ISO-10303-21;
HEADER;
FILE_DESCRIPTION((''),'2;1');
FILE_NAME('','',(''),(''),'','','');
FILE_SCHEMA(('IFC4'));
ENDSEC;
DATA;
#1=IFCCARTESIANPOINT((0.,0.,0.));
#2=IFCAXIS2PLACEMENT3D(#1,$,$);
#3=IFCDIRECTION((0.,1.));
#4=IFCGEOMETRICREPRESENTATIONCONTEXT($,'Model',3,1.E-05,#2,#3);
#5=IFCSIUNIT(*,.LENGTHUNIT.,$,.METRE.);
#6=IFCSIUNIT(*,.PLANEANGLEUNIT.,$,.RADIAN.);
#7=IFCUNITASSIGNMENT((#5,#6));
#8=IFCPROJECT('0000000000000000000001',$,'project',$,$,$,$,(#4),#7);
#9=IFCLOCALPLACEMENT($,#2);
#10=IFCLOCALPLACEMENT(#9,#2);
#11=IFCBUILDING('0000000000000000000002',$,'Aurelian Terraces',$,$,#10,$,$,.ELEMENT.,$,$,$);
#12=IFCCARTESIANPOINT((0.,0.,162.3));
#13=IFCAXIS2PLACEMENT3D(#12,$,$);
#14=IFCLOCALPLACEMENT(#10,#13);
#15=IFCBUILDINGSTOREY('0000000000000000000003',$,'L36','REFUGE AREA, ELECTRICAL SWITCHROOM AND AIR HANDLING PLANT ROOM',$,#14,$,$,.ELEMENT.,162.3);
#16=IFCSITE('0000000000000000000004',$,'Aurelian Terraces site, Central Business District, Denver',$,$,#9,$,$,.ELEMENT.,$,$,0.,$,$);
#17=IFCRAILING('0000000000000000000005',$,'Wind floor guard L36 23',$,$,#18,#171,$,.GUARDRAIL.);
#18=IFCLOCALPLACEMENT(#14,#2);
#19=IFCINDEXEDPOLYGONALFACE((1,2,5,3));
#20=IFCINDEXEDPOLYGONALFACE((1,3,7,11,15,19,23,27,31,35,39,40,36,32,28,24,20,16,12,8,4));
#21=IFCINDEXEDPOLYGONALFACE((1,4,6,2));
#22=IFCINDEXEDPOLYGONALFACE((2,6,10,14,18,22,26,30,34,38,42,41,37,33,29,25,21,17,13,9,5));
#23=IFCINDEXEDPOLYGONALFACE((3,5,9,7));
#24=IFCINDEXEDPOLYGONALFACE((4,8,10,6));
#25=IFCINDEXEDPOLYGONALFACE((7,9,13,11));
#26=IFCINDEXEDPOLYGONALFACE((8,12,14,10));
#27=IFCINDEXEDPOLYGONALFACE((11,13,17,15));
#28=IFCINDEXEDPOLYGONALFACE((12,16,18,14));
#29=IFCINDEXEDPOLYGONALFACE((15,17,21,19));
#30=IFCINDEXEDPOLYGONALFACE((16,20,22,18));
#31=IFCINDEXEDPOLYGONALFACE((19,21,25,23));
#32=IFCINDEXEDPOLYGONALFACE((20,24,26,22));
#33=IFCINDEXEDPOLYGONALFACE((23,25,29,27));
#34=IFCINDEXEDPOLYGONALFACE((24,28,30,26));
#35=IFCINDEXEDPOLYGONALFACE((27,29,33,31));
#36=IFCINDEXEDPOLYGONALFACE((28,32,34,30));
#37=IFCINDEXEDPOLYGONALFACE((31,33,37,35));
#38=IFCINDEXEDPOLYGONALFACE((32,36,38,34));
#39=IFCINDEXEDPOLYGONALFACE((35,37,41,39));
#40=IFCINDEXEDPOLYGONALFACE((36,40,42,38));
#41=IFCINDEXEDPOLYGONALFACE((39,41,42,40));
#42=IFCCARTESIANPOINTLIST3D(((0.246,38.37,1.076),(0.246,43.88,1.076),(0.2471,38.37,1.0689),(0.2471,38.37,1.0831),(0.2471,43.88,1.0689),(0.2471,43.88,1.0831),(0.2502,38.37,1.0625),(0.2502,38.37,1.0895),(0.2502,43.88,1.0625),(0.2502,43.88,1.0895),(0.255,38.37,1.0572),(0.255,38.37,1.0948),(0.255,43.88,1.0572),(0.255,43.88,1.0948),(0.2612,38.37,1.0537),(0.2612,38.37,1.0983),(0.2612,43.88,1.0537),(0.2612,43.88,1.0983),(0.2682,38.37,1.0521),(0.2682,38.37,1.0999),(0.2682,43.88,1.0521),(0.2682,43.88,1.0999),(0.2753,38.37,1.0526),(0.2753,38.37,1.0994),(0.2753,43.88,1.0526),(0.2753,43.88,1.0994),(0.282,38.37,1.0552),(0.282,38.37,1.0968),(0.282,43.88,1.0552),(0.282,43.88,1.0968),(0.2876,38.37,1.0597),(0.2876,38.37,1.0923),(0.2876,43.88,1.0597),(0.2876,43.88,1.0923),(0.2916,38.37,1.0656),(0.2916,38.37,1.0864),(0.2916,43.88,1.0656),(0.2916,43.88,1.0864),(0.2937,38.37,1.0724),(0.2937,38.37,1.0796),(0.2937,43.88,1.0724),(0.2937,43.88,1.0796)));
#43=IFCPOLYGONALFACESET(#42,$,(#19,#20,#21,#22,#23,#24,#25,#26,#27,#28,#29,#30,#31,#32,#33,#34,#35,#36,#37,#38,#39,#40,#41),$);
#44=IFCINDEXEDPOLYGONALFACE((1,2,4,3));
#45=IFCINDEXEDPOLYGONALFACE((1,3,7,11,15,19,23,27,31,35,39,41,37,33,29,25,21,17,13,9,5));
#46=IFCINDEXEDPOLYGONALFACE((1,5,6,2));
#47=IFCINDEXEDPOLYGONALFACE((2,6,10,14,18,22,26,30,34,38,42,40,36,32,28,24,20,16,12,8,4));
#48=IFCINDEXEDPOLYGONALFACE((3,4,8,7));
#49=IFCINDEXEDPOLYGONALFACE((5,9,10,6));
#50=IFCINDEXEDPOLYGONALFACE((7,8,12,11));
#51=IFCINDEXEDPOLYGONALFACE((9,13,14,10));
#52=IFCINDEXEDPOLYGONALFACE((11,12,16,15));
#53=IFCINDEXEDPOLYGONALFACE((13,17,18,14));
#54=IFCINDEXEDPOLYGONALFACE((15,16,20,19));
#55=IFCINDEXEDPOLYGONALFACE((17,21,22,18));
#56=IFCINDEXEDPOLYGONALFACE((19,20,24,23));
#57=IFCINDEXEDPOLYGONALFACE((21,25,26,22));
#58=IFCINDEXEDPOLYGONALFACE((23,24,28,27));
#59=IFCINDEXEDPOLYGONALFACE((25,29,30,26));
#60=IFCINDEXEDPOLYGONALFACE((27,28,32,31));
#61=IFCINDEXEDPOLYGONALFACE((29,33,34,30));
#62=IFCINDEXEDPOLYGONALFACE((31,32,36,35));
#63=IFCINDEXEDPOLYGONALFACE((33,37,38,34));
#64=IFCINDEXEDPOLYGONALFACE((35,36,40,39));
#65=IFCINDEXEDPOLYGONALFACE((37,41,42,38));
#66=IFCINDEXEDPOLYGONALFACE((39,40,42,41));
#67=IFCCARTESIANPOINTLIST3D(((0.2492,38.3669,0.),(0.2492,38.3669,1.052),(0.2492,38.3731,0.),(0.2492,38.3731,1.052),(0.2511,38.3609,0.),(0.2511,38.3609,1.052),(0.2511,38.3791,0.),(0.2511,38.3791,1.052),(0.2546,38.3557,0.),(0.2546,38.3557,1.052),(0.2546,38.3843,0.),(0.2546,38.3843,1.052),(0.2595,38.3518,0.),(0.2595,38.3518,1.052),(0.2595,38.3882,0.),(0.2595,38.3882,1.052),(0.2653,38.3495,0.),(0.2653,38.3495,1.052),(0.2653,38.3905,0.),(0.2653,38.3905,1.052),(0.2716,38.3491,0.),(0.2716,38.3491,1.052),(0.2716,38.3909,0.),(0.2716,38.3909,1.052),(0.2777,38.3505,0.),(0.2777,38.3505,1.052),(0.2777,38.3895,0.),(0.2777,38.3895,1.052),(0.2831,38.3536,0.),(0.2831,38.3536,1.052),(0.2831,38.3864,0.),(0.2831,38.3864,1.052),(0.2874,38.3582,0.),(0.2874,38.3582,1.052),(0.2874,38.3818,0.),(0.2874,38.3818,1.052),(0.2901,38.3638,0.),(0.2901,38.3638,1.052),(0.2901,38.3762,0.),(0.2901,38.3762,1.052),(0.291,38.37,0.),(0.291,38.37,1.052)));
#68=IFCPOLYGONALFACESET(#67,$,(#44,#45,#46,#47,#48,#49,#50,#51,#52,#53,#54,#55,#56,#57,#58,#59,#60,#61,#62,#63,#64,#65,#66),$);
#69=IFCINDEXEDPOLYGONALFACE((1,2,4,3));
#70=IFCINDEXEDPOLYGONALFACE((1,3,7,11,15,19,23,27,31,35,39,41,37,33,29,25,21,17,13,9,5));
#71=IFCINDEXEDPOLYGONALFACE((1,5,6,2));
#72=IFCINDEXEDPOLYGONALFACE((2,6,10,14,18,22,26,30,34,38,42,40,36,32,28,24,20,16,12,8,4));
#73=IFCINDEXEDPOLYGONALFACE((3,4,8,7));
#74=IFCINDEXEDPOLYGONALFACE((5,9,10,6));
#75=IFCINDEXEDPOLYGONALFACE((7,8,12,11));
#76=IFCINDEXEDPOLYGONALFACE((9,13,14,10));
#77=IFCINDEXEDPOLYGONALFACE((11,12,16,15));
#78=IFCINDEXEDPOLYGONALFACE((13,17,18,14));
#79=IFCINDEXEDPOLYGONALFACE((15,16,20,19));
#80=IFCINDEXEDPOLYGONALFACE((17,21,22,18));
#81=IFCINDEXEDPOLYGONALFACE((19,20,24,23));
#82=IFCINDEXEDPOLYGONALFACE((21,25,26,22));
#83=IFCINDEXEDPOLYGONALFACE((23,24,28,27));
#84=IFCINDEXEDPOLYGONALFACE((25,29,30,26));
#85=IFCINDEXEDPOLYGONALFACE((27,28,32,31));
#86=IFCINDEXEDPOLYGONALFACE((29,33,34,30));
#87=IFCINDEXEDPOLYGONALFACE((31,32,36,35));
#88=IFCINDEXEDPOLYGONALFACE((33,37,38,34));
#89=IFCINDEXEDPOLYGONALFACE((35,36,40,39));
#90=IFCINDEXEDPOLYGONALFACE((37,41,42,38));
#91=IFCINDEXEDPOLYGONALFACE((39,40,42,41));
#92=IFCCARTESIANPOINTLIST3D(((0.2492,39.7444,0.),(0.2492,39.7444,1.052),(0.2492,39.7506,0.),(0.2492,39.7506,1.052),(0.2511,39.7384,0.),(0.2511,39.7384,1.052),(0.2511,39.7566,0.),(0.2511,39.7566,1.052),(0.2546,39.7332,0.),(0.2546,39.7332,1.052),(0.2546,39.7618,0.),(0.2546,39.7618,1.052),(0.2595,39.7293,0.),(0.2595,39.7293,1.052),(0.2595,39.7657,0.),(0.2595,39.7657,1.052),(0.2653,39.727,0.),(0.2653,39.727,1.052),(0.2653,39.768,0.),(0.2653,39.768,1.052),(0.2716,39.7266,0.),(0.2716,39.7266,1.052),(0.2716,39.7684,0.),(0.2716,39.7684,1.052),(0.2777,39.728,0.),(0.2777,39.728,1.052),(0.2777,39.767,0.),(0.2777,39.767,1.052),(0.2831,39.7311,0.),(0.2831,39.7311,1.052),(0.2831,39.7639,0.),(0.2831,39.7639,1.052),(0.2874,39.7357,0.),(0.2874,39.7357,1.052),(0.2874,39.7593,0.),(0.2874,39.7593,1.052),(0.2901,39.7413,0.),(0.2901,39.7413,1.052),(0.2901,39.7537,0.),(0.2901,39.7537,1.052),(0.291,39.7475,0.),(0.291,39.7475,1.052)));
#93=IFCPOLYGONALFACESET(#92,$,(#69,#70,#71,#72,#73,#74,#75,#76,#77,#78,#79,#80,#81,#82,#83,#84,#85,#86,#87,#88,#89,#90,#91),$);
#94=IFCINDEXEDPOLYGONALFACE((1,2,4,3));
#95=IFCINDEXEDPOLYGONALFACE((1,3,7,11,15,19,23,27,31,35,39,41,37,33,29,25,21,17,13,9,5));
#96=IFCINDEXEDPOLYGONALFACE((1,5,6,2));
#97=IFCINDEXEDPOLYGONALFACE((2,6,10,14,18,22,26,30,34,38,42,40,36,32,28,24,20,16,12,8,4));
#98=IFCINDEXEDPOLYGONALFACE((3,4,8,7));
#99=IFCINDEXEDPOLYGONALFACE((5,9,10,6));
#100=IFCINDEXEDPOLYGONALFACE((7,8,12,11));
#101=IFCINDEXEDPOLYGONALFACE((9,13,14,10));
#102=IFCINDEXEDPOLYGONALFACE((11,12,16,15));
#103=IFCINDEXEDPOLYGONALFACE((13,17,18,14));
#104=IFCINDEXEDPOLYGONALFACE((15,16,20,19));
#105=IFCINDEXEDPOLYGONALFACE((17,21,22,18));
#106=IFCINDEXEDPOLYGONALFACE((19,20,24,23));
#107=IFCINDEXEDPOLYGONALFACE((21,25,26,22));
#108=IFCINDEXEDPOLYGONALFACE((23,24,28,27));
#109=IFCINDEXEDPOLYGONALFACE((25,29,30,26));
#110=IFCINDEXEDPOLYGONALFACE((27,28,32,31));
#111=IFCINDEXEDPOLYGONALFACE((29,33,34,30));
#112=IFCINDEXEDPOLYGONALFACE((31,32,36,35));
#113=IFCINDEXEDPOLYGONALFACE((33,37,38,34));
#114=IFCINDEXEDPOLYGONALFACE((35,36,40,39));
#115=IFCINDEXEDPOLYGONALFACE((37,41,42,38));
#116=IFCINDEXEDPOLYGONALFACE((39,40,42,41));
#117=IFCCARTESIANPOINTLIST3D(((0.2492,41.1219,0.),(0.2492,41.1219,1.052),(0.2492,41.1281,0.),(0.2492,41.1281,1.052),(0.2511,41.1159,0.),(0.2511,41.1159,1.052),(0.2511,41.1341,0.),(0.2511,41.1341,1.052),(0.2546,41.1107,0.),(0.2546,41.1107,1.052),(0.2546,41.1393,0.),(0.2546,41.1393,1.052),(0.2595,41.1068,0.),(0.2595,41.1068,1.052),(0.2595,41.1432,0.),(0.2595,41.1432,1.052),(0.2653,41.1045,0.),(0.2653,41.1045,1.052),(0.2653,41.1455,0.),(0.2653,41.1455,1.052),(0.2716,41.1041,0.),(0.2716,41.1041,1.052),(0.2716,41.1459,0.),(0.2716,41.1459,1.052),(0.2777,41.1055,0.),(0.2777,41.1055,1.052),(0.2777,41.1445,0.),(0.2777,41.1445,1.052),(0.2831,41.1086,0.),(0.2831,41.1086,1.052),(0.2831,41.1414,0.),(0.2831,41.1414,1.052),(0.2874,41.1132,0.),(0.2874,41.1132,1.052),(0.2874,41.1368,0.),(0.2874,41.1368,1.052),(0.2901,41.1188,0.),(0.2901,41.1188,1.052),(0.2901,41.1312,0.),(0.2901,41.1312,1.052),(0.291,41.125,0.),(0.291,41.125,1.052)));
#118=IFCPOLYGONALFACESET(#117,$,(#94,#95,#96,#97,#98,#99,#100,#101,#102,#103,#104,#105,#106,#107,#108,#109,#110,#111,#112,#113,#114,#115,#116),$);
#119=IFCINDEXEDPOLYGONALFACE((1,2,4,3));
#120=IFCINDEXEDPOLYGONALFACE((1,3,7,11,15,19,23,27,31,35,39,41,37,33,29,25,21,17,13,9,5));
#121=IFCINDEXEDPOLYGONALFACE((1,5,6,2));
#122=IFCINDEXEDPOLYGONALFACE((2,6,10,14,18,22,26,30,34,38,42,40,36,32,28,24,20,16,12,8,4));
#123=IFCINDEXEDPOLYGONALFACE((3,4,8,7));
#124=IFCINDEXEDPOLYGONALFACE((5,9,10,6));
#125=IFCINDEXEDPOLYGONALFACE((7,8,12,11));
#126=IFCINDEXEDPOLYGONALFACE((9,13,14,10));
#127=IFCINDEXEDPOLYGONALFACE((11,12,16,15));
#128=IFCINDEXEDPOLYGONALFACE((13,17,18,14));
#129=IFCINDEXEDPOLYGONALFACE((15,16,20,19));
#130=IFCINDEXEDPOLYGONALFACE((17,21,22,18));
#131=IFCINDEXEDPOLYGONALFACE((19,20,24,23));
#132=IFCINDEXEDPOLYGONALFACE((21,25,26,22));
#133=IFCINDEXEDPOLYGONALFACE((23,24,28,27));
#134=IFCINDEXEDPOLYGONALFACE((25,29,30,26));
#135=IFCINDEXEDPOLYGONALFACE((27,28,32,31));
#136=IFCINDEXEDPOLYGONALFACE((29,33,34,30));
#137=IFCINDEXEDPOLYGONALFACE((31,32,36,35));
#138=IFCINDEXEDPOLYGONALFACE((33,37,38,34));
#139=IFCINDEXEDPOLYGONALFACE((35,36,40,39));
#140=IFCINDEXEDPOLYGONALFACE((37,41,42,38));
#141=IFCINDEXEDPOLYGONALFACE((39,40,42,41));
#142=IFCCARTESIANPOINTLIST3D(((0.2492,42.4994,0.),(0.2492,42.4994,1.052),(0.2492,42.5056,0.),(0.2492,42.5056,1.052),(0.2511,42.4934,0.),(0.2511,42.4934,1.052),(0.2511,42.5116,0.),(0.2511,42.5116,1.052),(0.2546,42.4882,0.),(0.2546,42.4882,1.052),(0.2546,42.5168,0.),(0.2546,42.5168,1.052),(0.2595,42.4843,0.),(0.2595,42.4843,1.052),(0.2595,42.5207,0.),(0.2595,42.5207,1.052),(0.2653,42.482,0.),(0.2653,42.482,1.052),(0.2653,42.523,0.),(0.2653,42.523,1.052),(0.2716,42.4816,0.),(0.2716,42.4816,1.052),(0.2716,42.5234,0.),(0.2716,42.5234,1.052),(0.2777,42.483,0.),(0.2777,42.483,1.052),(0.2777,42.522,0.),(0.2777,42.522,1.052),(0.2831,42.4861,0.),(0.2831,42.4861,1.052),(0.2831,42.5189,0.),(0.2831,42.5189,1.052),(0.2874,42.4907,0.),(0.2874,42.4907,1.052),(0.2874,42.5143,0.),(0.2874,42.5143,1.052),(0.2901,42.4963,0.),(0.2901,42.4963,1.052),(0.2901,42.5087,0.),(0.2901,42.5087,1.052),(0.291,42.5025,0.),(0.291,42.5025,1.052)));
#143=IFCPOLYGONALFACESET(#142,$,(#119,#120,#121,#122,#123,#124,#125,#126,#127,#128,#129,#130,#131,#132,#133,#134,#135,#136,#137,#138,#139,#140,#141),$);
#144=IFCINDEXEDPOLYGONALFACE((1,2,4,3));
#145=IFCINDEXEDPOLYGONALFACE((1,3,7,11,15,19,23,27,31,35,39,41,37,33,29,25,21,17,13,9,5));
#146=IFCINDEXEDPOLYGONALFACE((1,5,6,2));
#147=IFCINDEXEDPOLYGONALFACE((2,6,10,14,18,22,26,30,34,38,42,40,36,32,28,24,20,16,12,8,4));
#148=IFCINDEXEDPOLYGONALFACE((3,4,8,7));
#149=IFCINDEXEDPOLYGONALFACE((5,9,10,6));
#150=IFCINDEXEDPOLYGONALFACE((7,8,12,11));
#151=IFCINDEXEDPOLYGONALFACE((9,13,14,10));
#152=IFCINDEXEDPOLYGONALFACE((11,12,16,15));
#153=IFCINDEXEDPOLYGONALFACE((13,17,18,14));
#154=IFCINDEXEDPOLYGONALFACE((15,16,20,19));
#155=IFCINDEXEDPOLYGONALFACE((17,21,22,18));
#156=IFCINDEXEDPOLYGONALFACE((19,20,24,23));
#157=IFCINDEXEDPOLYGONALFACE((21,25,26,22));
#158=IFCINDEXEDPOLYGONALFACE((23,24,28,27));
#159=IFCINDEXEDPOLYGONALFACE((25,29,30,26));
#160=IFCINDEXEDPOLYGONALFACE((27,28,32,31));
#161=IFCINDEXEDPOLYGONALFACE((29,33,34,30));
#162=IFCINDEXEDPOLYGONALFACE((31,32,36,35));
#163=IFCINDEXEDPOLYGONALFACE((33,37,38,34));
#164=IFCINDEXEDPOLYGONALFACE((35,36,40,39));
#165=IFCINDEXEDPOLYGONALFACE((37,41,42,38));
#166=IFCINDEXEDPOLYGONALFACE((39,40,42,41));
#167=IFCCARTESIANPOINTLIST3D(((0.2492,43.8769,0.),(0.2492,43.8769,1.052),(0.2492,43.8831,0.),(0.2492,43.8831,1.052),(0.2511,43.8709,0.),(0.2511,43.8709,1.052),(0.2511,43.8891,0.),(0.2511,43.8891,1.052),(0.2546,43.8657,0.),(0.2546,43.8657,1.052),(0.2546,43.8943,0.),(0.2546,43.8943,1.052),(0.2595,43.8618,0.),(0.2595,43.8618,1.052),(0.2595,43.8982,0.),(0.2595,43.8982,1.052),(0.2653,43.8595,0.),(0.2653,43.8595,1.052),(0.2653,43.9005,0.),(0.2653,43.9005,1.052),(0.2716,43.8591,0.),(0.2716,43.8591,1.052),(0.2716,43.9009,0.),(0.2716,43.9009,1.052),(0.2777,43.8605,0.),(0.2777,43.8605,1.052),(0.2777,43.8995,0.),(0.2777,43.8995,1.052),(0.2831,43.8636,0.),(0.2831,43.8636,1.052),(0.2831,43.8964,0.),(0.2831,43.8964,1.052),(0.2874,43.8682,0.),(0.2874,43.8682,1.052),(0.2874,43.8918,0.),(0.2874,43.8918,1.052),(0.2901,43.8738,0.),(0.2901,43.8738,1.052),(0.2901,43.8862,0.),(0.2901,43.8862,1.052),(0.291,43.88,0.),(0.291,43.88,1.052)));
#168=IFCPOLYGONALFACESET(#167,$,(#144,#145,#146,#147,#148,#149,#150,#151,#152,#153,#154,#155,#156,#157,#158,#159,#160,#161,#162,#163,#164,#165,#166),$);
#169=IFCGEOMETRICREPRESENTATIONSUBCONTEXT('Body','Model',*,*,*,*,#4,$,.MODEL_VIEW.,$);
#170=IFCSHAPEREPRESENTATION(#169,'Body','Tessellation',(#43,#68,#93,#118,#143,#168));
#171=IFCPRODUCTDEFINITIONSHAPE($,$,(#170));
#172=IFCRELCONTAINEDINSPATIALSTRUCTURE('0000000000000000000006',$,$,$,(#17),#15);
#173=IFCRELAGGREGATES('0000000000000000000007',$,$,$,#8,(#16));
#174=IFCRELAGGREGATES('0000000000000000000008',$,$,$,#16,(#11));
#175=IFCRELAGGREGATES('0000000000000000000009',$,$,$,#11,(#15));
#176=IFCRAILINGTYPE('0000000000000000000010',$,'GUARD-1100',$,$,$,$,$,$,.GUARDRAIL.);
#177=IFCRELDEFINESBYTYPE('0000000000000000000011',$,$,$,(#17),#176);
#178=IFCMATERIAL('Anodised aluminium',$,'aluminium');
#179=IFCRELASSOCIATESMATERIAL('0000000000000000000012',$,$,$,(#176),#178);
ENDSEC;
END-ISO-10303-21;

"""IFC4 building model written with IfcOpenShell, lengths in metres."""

from ifc_helpers import new_model, si_unit, direction, frame, origin, origin_2d, place, context, subcontext, project, spatial, circle, extrude, material, type_object, element, save


model = new_model("IFC4")

# Units and contexts
model_context = context("Model", 3, precision=1e-05, world=origin(), true_north=direction((0.0, 1.0)))
body_context = subcontext(model_context, "Body", "Model", "MODEL_VIEW")
ifc_project = project(units=[si_unit("LENGTHUNIT", "METRE"), si_unit("PLANEANGLEUNIT", "RADIAN")], contexts=[model_context])

# Site, building, storey
site_placement = place(None, origin())
site = spatial("IfcSite", under=ifc_project, at=site_placement, Name="Aurelian Terraces site, Central Business District, Denver", CompositionType="ELEMENT", RefElevation=0.0)
building_placement = place(site_placement, origin())
building = spatial("IfcBuilding", under=site, at=building_placement, Name="Aurelian Terraces", CompositionType="ELEMENT")
storey_placement = place(building_placement, frame((0.0, 0.0, 162.3)))
storey = spatial("IfcBuildingStorey", under=building, at=storey_placement, Name="L36", Description="REFUGE AREA, ELECTRICAL SWITCHROOM AND AIR HANDLING PLANT ROOM", CompositionType="ELEMENT", Elevation=162.3)

# Railing
ifc_material_1 = material(Name="Anodised aluminium", Category="aluminium")
railing_type = type_object("IfcRailingType", Name="GUARD-1100", PredefinedType="GUARDRAIL", material=ifc_material_1)
railing_1_placement = place(storey_placement, frame((0.27, 38.37, 0.0)))
element("IfcRailing", 1, at=railing_1_placement, inside=storey, type_object=railing_type, Name="Wind floor guard L36 23", PredefinedType="GUARDRAIL", context=body_context, shape_type="SweptSolid", body=[
    extrude(circle(Radius=0.024, at=origin_2d()), frame((0.0, 0.0, 1.076), z_axis=(0.0, 1.0, 0.0), x_axis=(-1.0, 0.0, 0.0)), (0.0, 0.0, 1.0), 5.51),
    extrude(circle(Radius=0.021, at=origin_2d()), origin(), (0.0, 0.0, 1.0), 1.052),
    extrude(circle(Radius=0.021, at=origin_2d()), frame((0.0, 1.3775, 0.0)), (0.0, 0.0, 1.0), 1.052),
    extrude(circle(Radius=0.021, at=origin_2d()), frame((0.0, 2.755, 0.0)), (0.0, 0.0, 1.0), 1.052),
    extrude(circle(Radius=0.021, at=origin_2d()), frame((0.0, 4.1325, 0.0)), (0.0, 0.0, 1.0), 1.052),
    extrude(circle(Radius=0.021, at=origin_2d()), frame((0.0, 5.51, 0.0)), (0.0, 0.0, 1.0), 1.052),
])

save(model, "model.ifc")
